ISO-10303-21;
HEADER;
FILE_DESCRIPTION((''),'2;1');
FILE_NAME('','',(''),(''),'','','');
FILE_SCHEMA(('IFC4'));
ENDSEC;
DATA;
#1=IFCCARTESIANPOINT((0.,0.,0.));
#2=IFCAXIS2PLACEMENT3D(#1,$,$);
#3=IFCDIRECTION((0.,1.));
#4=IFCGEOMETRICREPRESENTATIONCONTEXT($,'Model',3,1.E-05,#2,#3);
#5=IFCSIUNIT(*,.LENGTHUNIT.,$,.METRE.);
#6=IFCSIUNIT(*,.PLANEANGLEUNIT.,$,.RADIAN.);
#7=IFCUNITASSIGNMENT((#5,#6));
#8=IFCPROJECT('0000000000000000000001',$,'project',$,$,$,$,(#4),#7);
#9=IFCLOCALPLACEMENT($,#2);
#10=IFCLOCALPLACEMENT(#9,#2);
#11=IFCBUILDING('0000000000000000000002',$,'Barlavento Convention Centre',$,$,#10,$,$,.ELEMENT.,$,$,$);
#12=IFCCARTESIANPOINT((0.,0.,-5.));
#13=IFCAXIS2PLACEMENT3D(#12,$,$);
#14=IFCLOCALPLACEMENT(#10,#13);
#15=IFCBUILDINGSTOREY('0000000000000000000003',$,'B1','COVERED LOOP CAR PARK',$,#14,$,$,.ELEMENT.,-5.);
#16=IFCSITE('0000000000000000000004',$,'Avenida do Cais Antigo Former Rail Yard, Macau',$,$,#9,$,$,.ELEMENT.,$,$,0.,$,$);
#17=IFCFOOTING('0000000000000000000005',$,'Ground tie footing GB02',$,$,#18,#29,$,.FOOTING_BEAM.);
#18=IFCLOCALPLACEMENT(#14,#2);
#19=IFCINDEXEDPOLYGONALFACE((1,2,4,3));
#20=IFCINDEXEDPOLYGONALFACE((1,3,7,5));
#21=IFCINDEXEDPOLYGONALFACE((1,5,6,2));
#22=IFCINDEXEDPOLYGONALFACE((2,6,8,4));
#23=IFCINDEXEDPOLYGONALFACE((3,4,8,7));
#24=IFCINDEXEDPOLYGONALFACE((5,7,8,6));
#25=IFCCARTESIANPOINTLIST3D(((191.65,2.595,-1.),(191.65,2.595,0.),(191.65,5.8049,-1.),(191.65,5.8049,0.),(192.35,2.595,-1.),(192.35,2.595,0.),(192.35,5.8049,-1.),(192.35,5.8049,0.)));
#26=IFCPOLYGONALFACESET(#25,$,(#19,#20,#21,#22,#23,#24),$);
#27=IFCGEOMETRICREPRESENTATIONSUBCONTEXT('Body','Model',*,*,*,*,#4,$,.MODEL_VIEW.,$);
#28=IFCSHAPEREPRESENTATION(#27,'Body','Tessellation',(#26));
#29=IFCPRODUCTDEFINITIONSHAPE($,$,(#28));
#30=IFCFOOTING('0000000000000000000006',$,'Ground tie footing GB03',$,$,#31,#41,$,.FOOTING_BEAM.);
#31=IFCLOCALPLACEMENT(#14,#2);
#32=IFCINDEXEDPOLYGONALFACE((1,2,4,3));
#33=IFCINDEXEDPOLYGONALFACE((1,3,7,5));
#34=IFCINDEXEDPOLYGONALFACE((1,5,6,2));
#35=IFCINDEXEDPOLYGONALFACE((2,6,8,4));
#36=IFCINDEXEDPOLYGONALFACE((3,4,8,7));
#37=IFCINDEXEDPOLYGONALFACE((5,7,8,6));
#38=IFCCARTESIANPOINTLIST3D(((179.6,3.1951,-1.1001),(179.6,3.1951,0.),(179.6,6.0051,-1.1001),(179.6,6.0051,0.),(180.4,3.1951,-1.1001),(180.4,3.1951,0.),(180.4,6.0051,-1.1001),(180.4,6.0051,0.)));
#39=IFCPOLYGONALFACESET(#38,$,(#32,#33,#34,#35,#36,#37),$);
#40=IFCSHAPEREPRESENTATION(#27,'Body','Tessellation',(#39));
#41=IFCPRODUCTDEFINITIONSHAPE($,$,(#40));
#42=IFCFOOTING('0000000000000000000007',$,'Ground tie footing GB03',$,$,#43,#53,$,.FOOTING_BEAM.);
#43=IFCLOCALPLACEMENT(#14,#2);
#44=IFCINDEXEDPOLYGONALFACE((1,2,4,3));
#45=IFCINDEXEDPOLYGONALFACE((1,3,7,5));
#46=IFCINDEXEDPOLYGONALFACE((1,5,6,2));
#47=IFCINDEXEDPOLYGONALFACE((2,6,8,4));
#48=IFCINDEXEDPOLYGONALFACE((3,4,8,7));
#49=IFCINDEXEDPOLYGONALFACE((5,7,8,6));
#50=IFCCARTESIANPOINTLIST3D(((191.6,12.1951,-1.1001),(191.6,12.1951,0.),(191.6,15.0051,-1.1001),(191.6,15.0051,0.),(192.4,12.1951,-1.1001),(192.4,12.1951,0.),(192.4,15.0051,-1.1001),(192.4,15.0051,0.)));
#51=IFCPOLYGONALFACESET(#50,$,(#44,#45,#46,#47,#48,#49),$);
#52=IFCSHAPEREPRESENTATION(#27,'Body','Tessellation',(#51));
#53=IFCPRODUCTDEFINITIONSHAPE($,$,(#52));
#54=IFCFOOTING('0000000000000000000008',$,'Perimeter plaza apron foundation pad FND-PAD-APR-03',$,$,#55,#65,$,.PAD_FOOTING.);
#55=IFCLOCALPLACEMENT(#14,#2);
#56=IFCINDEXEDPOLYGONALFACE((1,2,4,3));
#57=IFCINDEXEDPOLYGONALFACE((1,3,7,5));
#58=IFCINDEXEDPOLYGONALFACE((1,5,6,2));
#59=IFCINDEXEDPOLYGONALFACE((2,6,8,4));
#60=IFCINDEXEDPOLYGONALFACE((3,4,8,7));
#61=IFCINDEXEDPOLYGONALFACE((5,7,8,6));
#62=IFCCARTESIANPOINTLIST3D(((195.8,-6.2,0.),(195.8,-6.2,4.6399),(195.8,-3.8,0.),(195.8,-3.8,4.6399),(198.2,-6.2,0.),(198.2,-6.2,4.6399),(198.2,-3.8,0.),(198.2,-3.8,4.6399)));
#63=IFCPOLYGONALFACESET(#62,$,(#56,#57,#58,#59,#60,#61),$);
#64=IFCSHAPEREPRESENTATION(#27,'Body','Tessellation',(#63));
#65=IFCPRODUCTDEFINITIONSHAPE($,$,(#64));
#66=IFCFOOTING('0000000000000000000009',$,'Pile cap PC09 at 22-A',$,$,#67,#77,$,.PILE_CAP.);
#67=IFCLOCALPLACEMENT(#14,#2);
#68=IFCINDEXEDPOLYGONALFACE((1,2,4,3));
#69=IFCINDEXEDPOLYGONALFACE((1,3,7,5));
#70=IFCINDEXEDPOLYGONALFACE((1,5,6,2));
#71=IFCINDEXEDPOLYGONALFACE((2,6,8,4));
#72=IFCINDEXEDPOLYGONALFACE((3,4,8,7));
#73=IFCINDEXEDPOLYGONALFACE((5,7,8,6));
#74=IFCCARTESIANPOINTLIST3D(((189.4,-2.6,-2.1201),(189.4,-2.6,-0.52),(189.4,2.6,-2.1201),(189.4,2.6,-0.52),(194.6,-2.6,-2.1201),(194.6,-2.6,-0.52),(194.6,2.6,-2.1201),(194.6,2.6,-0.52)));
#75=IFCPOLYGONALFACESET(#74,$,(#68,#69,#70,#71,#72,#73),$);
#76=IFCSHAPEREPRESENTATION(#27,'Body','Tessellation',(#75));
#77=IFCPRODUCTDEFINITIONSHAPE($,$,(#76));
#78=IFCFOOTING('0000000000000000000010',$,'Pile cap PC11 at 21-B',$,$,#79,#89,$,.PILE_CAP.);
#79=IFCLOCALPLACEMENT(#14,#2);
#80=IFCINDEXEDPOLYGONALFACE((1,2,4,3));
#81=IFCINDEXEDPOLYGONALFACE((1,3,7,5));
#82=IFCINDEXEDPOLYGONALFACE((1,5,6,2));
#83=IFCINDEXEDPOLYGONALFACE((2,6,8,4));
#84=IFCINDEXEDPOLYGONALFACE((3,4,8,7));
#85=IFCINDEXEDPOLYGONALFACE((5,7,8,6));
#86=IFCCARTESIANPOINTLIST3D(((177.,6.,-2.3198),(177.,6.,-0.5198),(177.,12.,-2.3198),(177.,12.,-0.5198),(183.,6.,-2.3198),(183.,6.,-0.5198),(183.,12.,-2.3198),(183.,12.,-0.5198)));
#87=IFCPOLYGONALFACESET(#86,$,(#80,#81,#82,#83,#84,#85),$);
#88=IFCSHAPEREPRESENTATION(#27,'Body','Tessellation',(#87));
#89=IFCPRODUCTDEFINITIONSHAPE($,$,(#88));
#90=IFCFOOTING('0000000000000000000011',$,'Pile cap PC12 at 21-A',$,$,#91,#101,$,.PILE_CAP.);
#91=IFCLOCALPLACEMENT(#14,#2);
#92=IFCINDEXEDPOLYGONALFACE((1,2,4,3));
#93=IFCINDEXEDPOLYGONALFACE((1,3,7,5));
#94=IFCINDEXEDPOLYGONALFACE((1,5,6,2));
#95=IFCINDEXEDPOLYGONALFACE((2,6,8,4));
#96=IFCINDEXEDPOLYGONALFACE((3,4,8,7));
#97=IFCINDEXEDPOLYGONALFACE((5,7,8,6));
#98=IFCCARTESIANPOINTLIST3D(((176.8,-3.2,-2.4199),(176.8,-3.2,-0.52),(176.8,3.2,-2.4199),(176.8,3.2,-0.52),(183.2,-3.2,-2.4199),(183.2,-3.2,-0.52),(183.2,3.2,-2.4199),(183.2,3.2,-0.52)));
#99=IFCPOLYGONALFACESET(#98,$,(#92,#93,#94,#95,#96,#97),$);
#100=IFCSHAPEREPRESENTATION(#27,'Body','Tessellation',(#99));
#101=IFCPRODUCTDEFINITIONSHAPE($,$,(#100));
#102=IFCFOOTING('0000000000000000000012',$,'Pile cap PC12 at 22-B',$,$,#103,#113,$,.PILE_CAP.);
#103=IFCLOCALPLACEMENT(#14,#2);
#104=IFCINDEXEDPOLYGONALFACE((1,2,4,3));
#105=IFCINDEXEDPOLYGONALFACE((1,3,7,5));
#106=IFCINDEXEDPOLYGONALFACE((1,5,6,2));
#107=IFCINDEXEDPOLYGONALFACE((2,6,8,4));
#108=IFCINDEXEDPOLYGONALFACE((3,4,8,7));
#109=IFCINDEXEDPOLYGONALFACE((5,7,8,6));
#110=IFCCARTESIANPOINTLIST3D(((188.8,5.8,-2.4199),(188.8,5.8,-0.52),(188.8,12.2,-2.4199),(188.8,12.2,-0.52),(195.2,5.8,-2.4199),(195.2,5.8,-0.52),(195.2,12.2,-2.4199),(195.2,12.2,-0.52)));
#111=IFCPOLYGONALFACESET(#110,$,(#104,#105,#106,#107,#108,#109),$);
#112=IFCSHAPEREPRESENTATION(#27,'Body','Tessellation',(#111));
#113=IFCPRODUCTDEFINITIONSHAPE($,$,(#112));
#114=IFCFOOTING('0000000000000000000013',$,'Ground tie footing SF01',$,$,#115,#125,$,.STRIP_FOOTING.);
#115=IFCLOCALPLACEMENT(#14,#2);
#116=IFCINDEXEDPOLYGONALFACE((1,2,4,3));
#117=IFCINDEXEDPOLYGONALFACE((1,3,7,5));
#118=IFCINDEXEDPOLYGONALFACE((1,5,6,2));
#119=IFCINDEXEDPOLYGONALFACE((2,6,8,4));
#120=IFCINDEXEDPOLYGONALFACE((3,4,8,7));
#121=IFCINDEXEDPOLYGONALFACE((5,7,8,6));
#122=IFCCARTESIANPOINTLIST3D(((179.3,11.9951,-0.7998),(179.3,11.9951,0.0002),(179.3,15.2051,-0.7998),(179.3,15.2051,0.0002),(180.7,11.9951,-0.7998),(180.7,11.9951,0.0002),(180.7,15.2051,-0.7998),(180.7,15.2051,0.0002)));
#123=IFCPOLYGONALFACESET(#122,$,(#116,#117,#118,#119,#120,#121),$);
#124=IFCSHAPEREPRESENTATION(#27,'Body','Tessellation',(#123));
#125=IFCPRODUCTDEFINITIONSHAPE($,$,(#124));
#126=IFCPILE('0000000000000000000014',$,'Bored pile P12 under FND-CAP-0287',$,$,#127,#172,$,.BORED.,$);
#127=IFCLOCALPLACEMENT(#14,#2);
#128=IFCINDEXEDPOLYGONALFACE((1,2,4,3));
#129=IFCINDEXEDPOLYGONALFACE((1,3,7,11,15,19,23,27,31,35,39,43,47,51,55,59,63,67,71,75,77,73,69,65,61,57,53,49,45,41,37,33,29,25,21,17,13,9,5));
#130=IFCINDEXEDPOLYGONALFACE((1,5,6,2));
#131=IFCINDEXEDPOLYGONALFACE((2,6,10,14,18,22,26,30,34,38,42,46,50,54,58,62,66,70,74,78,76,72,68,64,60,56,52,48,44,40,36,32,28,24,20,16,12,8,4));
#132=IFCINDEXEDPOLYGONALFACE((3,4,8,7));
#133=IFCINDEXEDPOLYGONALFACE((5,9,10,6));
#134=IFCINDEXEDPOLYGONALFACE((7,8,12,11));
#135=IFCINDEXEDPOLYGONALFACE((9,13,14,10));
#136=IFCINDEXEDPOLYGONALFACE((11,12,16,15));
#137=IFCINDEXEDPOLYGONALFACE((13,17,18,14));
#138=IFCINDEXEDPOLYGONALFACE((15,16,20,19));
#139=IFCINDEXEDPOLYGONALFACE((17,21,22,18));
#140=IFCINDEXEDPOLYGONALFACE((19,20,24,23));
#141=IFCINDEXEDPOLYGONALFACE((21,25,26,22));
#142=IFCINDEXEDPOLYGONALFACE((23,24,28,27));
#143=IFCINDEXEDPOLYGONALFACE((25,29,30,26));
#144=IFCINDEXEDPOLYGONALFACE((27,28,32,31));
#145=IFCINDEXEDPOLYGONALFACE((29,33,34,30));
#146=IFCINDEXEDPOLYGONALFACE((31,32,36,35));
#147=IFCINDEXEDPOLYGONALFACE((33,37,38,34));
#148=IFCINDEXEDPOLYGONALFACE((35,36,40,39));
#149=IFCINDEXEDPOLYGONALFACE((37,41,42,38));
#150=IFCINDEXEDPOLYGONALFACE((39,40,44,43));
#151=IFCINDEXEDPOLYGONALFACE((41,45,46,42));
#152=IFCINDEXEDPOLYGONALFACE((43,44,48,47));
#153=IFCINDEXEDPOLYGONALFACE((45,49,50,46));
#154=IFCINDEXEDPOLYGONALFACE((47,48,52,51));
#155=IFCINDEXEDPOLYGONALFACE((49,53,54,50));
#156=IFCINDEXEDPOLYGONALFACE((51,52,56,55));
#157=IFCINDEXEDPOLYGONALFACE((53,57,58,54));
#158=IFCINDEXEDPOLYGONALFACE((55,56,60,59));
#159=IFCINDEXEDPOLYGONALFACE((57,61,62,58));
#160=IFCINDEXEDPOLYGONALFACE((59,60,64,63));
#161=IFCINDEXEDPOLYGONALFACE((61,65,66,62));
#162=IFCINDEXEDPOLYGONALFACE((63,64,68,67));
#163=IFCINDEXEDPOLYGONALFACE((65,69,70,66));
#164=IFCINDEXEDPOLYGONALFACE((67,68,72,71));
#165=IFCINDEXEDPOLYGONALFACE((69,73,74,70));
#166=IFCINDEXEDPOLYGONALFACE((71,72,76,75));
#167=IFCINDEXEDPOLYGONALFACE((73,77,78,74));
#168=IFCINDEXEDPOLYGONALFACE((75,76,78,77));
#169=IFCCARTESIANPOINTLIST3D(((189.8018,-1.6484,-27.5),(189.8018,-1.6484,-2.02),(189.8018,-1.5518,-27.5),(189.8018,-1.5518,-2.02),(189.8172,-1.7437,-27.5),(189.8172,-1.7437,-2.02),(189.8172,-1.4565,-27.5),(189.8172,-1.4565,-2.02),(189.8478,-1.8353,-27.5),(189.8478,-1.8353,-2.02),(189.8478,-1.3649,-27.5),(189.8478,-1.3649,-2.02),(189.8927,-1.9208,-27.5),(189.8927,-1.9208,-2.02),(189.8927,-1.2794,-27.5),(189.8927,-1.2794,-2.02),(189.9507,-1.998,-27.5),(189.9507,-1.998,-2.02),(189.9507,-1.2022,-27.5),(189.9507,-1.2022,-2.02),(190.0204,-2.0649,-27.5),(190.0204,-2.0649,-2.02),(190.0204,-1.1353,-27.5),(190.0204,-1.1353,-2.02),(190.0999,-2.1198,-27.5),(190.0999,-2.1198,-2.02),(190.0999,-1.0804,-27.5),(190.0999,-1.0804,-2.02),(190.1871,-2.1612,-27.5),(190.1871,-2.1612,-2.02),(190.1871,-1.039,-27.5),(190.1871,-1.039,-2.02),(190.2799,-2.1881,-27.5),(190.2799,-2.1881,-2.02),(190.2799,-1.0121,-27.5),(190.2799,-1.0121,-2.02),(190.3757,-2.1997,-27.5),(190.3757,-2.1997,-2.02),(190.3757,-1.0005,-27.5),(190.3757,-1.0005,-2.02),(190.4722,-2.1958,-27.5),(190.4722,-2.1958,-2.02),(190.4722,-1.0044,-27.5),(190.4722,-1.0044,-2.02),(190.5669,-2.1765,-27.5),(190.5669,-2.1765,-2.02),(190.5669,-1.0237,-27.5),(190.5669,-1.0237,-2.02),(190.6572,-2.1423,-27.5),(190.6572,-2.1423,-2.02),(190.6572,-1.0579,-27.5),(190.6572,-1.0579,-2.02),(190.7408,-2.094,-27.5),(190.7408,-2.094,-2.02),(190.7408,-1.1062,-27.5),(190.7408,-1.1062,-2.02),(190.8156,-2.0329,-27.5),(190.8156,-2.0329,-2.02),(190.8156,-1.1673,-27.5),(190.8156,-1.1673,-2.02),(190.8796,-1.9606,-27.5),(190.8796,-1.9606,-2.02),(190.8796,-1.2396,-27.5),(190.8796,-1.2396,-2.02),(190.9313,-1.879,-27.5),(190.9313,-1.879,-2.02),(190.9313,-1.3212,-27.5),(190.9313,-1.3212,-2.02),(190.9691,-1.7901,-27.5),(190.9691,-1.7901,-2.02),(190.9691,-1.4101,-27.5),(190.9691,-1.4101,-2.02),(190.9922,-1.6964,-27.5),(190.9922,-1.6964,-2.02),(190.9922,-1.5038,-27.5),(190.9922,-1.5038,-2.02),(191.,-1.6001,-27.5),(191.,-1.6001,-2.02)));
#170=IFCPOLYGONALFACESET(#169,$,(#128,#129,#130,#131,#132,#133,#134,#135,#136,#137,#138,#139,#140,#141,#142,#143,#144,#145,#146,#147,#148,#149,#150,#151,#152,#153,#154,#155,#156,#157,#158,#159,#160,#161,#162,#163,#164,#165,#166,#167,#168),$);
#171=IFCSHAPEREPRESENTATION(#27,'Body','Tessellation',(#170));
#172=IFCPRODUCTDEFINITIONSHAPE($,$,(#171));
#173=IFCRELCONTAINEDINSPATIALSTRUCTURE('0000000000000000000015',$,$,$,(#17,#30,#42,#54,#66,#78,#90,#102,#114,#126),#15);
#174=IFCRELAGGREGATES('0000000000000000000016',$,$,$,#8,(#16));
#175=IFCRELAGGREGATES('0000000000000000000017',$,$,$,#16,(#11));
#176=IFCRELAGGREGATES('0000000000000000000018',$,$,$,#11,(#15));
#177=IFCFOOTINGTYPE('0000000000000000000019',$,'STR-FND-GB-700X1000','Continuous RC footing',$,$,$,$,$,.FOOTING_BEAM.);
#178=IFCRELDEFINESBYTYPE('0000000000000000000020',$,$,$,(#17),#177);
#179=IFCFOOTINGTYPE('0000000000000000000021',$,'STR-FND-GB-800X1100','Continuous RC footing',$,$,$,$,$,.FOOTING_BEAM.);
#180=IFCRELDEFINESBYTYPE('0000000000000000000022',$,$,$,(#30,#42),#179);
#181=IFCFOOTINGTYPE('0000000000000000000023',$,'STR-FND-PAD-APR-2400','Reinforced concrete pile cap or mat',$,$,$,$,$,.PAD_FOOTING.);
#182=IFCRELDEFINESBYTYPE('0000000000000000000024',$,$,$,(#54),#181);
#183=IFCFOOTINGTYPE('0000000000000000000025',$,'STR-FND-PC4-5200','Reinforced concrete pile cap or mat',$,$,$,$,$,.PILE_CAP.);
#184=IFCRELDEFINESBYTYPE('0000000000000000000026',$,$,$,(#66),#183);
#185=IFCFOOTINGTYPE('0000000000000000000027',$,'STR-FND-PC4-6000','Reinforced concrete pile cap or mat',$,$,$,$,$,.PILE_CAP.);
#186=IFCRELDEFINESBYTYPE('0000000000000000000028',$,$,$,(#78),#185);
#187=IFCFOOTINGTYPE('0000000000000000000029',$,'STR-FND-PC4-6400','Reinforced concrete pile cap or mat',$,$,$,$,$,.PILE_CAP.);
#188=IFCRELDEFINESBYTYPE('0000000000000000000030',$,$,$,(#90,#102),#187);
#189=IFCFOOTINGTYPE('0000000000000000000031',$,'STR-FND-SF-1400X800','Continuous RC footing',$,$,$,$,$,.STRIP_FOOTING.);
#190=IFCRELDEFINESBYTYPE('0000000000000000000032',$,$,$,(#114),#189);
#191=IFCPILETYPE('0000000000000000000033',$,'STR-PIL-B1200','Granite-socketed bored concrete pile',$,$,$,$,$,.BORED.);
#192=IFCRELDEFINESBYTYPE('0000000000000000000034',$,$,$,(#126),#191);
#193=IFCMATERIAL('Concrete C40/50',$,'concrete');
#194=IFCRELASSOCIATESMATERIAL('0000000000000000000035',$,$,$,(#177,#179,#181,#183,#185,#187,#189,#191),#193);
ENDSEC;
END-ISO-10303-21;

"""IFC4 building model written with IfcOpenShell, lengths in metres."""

from ifc_helpers import new_model, si_unit, direction, frame, origin, origin_2d, place, context, subcontext, project, spatial, rectangle, circle, extrude, material, material_profile, profile_set, type_object, element, save


model = new_model("IFC4")

# Units and contexts
model_context = context("Model", 3, precision=1e-05, world=origin(), true_north=direction((0.0, 1.0)))
body_context = subcontext(model_context, "Body", "Model", "MODEL_VIEW")
ifc_project = project(units=[si_unit("LENGTHUNIT", "METRE"), si_unit("PLANEANGLEUNIT", "RADIAN")], contexts=[model_context])

# Site, building, storey
site_placement = place(None, origin())
site = spatial("IfcSite", under=ifc_project, at=site_placement, Name="Avenida do Cais Antigo Former Rail Yard, Macau", CompositionType="ELEMENT", RefElevation=0.0)
building_placement = place(site_placement, origin())
building = spatial("IfcBuilding", under=site, at=building_placement, Name="Barlavento Convention Centre", CompositionType="ELEMENT")
storey_placement = place(building_placement, frame((0.0, 0.0, -5.0)))
storey = spatial("IfcBuildingStorey", under=building, at=storey_placement, Name="B1", Description="COVERED LOOP CAR PARK", CompositionType="ELEMENT", Elevation=-5.0)

# Footings
ifc_material_1 = material(Name="Concrete C40/50", Category="concrete")
footing_type_1 = type_object("IfcFootingType", Name="STR-FND-GB-700X1000", Description="Continuous RC footing", PredefinedType="FOOTING_BEAM", material=ifc_material_1)
footing_1_placement = place(storey_placement, frame((192.0, 4.2, -1.0), z_axis=(0.0, 0.0, 1.0), x_axis=(1.0, 0.0, 0.0)))
element("IfcFooting", 1, at=footing_1_placement, inside=storey, type_object=footing_type_1, Name="Ground tie footing GB02", PredefinedType="FOOTING_BEAM", context=body_context, shape_type="SweptSolid", body=[
    extrude(rectangle(XDim=0.7, YDim=3.21, at=origin_2d()), origin(), (0.0, 0.0, 1.0), 1.0),
])
footing_type_2 = type_object("IfcFootingType", Name="STR-FND-GB-800X1100", Description="Continuous RC footing", PredefinedType="FOOTING_BEAM", material=ifc_material_1)
for number, where, z_axis, x_axis, name in (
    (2, (180.0, 4.6001, -1.1001), (0.0, 0.0, 1.0), (1.0, 0.0, 0.0), "Ground tie footing GB03"),
    (3, (192.0, 13.6001, -1.1001), (0.0, 0.0, 1.0), (1.0, 0.0, 0.0), "Ground tie footing GB03"),
):
    element("IfcFooting", number, at=place(storey_placement, frame(where, z_axis=z_axis, x_axis=x_axis)), inside=storey, type_object=footing_type_2, Name=name, PredefinedType="FOOTING_BEAM", context=body_context, shape_type="SweptSolid", body=[
        extrude(rectangle(XDim=0.8, YDim=2.8101, at=origin_2d()), origin(), (0.0, 0.0, 1.0), 1.1001),
    ])
footing_type_3 = type_object("IfcFootingType", Name="STR-FND-PAD-APR-2400", Description="Reinforced concrete pile cap or mat", PredefinedType="PAD_FOOTING", material=ifc_material_1)
footing_2_placement = place(storey_placement, frame((197.0, -5.0, 0.0), z_axis=(0.0, 0.0, 1.0), x_axis=(1.0, 0.0, 0.0)))
element("IfcFooting", 4, at=footing_2_placement, inside=storey, type_object=footing_type_3, Name="Perimeter plaza apron foundation pad FND-PAD-APR-03", PredefinedType="PAD_FOOTING", context=body_context, shape_type="SweptSolid", body=[
    extrude(rectangle(XDim=2.3999, YDim=2.3999, at=origin_2d()), origin(), (0.0, 0.0, 1.0), 4.6399),
])
footing_type_4 = type_object("IfcFootingType", Name="STR-FND-PC4-5200", Description="Reinforced concrete pile cap or mat", PredefinedType="PILE_CAP", material=ifc_material_1)
footing_3_placement = place(storey_placement, frame((192.0, 0.0, -2.1201), z_axis=(0.0, 0.0, 1.0), x_axis=(1.0, 0.0, 0.0)))
element("IfcFooting", 5, at=footing_3_placement, inside=storey, type_object=footing_type_4, Name="Pile cap PC09 at 22-A", PredefinedType="PILE_CAP", context=body_context, shape_type="SweptSolid", body=[
    extrude(rectangle(XDim=5.2, YDim=5.2, at=origin_2d()), origin(), (0.0, 0.0, 1.0), 1.6001),
])
footing_type_5 = type_object("IfcFootingType", Name="STR-FND-PC4-6000", Description="Reinforced concrete pile cap or mat", PredefinedType="PILE_CAP", material=ifc_material_1)
footing_4_placement = place(storey_placement, frame((180.0, 9.0, -2.3198), z_axis=(0.0, 0.0, 1.0), x_axis=(1.0, 0.0, 0.0)))
element("IfcFooting", 6, at=footing_4_placement, inside=storey, type_object=footing_type_5, Name="Pile cap PC11 at 21-B", PredefinedType="PILE_CAP", context=body_context, shape_type="SweptSolid", body=[
    extrude(rectangle(XDim=6.0, YDim=6.0, at=origin_2d()), origin(), (0.0, 0.0, 1.0), 1.8),
])
footing_type_6 = type_object("IfcFootingType", Name="STR-FND-PC4-6400", Description="Reinforced concrete pile cap or mat", PredefinedType="PILE_CAP", material=ifc_material_1)
for number, where, z_axis, x_axis, name in (
    (7, (180.0, 0.0, -2.4199), (0.0, 0.0, 1.0), (1.0, 0.0, 0.0), "Pile cap PC12 at 21-A"),
    (8, (192.0, 9.0, -2.4199), (0.0, 0.0, 1.0), (1.0, 0.0, 0.0), "Pile cap PC12 at 22-B"),
):
    element("IfcFooting", number, at=place(storey_placement, frame(where, z_axis=z_axis, x_axis=x_axis)), inside=storey, type_object=footing_type_6, Name=name, PredefinedType="PILE_CAP", context=body_context, shape_type="SweptSolid", body=[
        extrude(rectangle(XDim=6.3999, YDim=6.3999, at=origin_2d()), origin(), (0.0, 0.0, 1.0), 1.8999),
    ])
footing_type_7 = type_object("IfcFootingType", Name="STR-FND-SF-1400X800", Description="Continuous RC footing", PredefinedType="STRIP_FOOTING", material=ifc_material_1)
footing_5_placement = place(storey_placement, frame((180.0, 13.6001, -0.7998), z_axis=(0.0, 0.0, 1.0), x_axis=(1.0, 0.0, 0.0)))
element("IfcFooting", 9, at=footing_5_placement, inside=storey, type_object=footing_type_7, Name="Ground tie footing SF01", PredefinedType="STRIP_FOOTING", context=body_context, shape_type="SweptSolid", body=[
    extrude(rectangle(XDim=1.3999, YDim=3.21, at=origin_2d()), origin(), (0.0, 0.0, 1.0), 0.8),
])

# Pile
ifc_material_profile_1 = material_profile(ifc_material_1, circle(Radius=0.6001, at=origin_2d()), Name="BORED PILE 1200")
ifc_profile_set_1 = profile_set([ifc_material_profile_1], Name="Concrete C40/50")
pile_type_1 = type_object("IfcPileType", Name="STR-PIL-B1200", Description="Granite-socketed bored concrete pile", PredefinedType="BORED", material=ifc_profile_set_1)
for number, where, z_axis, x_axis, name in (
    (10, (190.3999, -1.6001, -2.02), (0.0, 0.0, -1.0), (1.0, 0.0, 0.0), "Bored pile P12 under FND-CAP-0287"),
):
    element("IfcPile", number, at=place(storey_placement, frame(where, z_axis=z_axis, x_axis=x_axis)), inside=storey, type_object=pile_type_1, Name=name, PredefinedType="BORED", context=body_context, shape_type="SweptSolid", body=[
        extrude(circle(Radius=0.6001, at=origin_2d()), origin(), (0.0, 0.0, 1.0), 25.48),
    ])

save(model, "model.ifc")
